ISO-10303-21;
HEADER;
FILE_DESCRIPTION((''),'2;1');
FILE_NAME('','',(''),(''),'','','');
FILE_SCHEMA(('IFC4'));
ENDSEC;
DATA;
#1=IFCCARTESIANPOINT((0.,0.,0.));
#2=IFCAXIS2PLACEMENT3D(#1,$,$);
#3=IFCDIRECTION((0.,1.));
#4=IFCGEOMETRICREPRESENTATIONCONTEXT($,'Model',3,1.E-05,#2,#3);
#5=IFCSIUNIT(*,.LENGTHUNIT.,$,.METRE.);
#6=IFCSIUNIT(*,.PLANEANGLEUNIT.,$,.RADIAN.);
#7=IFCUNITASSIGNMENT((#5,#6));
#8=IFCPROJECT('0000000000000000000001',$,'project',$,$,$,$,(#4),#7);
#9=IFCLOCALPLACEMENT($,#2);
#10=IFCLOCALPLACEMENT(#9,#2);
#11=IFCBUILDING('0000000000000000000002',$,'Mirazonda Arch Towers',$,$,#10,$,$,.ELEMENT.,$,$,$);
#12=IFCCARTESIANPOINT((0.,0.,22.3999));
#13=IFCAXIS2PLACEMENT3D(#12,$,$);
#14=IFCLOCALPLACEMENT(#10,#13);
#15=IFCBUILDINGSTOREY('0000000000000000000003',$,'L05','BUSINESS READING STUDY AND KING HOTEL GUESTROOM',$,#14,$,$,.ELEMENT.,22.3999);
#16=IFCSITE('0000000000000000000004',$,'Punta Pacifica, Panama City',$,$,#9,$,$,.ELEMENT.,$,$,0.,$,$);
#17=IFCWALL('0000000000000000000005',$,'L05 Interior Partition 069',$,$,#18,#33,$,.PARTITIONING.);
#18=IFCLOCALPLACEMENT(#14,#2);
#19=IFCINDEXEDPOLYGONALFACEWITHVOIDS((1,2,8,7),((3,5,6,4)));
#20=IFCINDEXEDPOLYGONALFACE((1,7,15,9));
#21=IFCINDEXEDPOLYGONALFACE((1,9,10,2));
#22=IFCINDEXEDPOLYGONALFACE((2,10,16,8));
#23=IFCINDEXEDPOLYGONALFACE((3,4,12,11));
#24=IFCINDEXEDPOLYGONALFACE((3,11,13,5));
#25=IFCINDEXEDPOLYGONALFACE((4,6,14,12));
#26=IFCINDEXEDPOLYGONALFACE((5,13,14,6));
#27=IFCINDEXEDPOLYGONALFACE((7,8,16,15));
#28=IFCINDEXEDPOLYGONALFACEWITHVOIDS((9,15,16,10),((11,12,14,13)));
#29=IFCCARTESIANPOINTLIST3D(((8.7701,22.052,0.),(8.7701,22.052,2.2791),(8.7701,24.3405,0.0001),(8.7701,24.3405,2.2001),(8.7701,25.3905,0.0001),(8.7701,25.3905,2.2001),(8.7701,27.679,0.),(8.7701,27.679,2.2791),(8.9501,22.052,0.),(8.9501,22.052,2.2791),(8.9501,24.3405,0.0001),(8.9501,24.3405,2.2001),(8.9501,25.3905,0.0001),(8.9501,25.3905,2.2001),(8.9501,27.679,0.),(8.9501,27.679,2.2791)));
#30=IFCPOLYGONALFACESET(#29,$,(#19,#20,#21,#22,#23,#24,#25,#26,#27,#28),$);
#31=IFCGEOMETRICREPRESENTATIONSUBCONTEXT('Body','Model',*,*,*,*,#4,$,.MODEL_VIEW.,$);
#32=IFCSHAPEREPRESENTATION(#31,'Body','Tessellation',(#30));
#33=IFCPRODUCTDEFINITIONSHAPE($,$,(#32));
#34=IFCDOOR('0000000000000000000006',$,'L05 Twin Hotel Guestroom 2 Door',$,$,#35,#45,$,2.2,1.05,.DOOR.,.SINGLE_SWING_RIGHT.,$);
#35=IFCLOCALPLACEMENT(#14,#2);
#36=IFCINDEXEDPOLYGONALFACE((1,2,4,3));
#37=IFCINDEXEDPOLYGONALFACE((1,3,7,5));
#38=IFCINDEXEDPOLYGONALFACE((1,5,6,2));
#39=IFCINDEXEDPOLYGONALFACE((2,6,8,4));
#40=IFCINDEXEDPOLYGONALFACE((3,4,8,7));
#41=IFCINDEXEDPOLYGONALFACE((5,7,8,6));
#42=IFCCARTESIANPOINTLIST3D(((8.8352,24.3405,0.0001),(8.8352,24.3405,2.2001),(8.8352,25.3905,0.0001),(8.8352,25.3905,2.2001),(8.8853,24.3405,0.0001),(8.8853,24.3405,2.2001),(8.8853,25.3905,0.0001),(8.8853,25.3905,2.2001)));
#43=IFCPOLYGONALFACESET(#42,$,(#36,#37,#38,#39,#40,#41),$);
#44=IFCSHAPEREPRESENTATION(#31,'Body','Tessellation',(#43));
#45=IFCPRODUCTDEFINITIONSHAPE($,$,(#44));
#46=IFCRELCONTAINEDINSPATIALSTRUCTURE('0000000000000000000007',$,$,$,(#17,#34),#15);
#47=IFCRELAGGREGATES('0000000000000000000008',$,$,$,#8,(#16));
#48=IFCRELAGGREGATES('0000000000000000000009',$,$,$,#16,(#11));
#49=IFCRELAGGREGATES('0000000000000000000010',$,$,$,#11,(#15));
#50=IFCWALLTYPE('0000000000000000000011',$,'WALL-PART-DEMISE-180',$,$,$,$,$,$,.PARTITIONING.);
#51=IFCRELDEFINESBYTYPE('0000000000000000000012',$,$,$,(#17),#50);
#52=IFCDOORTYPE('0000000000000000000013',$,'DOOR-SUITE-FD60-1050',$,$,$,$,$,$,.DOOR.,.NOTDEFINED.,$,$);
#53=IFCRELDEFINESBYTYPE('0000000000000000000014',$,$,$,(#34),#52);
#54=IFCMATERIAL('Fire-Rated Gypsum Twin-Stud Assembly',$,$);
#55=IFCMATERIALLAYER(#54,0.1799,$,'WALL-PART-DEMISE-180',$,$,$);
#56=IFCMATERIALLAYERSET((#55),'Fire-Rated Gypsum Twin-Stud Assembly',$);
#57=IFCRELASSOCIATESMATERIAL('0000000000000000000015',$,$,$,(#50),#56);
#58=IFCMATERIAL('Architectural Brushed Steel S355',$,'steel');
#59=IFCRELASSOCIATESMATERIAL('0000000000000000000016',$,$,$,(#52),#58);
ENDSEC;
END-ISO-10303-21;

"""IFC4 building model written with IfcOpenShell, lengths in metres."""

from ifc_helpers import new_model, si_unit, direction, frame, frame_2d, origin, place, context, subcontext, project, spatial, rectangle, extrude, material, layer, layer_set, type_object, element, fill, save


model = new_model("IFC4")

# Units and contexts
model_context = context("Model", 3, precision=1e-05, world=origin(), true_north=direction((0.0, 1.0)))
body_context = subcontext(model_context, "Body", "Model", "MODEL_VIEW")
ifc_project = project(units=[si_unit("LENGTHUNIT", "METRE"), si_unit("PLANEANGLEUNIT", "RADIAN")], contexts=[model_context])

# Site, building, storey
site_placement = place(None, origin())
site = spatial("IfcSite", under=ifc_project, at=site_placement, Name="Punta Pacifica, Panama City", CompositionType="ELEMENT", RefElevation=0.0)
building_placement = place(site_placement, origin())
building = spatial("IfcBuilding", under=site, at=building_placement, Name="Mirazonda Arch Towers", CompositionType="ELEMENT")
storey_placement = place(building_placement, frame((0.0, 0.0, 22.3999)))
storey = spatial("IfcBuildingStorey", under=building, at=storey_placement, Name="L05", Description="BUSINESS READING STUDY AND KING HOTEL GUESTROOM", CompositionType="ELEMENT", Elevation=22.3999)

# Shared definitions
ifc_material_1 = material(Name="Architectural Brushed Steel S355", Category="steel")

# Shared definitions
ifc_material_2 = material(Name="Fire-Rated Gypsum Twin-Stud Assembly")
ifc_layer_1 = layer(ifc_material_2, 0.1799, Name="WALL-PART-DEMISE-180")
ifc_layer_set_1 = layer_set([ifc_layer_1], Name="Fire-Rated Gypsum Twin-Stud Assembly")
wall_type_1 = type_object("IfcWallType", Name="WALL-PART-DEMISE-180", PredefinedType="PARTITIONING", material=ifc_layer_set_1)

# Wall, opening, door
wall_1_placement = place(storey_placement, frame((8.8601, 22.052, 0.0), z_axis=(0.0, 0.0, 1.0), x_axis=(0.0, 1.0, 0.0)))
wall_1 = element("IfcWall", 1, at=wall_1_placement, inside=storey, type_object=wall_type_1, Name="L05 Interior Partition 069", PredefinedType="PARTITIONING", context=body_context, shape_type="SweptSolid", body=[
    extrude(rectangle(XDim=5.627, YDim=0.1799, at=frame_2d((2.8135, 0.0))), origin(), (0.0, 0.0, 1.0), 2.2791),
])
opening_1_placement = place(wall_1_placement, frame((2.2886, 0.0, 0.0)))
opening_1 = element("IfcOpeningElement", 2, at=opening_1_placement, cuts=wall_1, PredefinedType="OPENING", context=body_context, shape_type="SweptSolid", body=[
    extrude(rectangle(XDim=1.05, YDim=2.2, at=frame_2d((0.5249, 1.1001))), frame((0.0, 0.0999, 0.0), z_axis=(0.0, -1.0, 0.0), x_axis=(1.0, 0.0, 0.0)), (0.0, 0.0, 1.0), 0.2),
])
door_type_1 = type_object("IfcDoorType", Name="DOOR-SUITE-FD60-1050", OperationType="NOTDEFINED", PredefinedType="DOOR", material=ifc_material_1)
door_1_placement = place(opening_1_placement, origin())
door_1 = element("IfcDoor", 3, at=door_1_placement, inside=storey, type_object=door_type_1, Name="L05 Twin Hotel Guestroom 2 Door", OperationType="SINGLE_SWING_RIGHT", OverallHeight=2.2, OverallWidth=1.05, PredefinedType="DOOR", context=body_context, shape_type="SweptSolid", body=[
    extrude(rectangle(XDim=1.05, YDim=2.2, at=frame_2d((0.5249, 1.1001))), frame((0.0, 0.0249, 0.0), z_axis=(0.0, -1.0, 0.0), x_axis=(1.0, 0.0, 0.0)), (0.0, 0.0, 1.0), 0.05),
])
fill(opening_1, door_1)

save(model, "model.ifc")
